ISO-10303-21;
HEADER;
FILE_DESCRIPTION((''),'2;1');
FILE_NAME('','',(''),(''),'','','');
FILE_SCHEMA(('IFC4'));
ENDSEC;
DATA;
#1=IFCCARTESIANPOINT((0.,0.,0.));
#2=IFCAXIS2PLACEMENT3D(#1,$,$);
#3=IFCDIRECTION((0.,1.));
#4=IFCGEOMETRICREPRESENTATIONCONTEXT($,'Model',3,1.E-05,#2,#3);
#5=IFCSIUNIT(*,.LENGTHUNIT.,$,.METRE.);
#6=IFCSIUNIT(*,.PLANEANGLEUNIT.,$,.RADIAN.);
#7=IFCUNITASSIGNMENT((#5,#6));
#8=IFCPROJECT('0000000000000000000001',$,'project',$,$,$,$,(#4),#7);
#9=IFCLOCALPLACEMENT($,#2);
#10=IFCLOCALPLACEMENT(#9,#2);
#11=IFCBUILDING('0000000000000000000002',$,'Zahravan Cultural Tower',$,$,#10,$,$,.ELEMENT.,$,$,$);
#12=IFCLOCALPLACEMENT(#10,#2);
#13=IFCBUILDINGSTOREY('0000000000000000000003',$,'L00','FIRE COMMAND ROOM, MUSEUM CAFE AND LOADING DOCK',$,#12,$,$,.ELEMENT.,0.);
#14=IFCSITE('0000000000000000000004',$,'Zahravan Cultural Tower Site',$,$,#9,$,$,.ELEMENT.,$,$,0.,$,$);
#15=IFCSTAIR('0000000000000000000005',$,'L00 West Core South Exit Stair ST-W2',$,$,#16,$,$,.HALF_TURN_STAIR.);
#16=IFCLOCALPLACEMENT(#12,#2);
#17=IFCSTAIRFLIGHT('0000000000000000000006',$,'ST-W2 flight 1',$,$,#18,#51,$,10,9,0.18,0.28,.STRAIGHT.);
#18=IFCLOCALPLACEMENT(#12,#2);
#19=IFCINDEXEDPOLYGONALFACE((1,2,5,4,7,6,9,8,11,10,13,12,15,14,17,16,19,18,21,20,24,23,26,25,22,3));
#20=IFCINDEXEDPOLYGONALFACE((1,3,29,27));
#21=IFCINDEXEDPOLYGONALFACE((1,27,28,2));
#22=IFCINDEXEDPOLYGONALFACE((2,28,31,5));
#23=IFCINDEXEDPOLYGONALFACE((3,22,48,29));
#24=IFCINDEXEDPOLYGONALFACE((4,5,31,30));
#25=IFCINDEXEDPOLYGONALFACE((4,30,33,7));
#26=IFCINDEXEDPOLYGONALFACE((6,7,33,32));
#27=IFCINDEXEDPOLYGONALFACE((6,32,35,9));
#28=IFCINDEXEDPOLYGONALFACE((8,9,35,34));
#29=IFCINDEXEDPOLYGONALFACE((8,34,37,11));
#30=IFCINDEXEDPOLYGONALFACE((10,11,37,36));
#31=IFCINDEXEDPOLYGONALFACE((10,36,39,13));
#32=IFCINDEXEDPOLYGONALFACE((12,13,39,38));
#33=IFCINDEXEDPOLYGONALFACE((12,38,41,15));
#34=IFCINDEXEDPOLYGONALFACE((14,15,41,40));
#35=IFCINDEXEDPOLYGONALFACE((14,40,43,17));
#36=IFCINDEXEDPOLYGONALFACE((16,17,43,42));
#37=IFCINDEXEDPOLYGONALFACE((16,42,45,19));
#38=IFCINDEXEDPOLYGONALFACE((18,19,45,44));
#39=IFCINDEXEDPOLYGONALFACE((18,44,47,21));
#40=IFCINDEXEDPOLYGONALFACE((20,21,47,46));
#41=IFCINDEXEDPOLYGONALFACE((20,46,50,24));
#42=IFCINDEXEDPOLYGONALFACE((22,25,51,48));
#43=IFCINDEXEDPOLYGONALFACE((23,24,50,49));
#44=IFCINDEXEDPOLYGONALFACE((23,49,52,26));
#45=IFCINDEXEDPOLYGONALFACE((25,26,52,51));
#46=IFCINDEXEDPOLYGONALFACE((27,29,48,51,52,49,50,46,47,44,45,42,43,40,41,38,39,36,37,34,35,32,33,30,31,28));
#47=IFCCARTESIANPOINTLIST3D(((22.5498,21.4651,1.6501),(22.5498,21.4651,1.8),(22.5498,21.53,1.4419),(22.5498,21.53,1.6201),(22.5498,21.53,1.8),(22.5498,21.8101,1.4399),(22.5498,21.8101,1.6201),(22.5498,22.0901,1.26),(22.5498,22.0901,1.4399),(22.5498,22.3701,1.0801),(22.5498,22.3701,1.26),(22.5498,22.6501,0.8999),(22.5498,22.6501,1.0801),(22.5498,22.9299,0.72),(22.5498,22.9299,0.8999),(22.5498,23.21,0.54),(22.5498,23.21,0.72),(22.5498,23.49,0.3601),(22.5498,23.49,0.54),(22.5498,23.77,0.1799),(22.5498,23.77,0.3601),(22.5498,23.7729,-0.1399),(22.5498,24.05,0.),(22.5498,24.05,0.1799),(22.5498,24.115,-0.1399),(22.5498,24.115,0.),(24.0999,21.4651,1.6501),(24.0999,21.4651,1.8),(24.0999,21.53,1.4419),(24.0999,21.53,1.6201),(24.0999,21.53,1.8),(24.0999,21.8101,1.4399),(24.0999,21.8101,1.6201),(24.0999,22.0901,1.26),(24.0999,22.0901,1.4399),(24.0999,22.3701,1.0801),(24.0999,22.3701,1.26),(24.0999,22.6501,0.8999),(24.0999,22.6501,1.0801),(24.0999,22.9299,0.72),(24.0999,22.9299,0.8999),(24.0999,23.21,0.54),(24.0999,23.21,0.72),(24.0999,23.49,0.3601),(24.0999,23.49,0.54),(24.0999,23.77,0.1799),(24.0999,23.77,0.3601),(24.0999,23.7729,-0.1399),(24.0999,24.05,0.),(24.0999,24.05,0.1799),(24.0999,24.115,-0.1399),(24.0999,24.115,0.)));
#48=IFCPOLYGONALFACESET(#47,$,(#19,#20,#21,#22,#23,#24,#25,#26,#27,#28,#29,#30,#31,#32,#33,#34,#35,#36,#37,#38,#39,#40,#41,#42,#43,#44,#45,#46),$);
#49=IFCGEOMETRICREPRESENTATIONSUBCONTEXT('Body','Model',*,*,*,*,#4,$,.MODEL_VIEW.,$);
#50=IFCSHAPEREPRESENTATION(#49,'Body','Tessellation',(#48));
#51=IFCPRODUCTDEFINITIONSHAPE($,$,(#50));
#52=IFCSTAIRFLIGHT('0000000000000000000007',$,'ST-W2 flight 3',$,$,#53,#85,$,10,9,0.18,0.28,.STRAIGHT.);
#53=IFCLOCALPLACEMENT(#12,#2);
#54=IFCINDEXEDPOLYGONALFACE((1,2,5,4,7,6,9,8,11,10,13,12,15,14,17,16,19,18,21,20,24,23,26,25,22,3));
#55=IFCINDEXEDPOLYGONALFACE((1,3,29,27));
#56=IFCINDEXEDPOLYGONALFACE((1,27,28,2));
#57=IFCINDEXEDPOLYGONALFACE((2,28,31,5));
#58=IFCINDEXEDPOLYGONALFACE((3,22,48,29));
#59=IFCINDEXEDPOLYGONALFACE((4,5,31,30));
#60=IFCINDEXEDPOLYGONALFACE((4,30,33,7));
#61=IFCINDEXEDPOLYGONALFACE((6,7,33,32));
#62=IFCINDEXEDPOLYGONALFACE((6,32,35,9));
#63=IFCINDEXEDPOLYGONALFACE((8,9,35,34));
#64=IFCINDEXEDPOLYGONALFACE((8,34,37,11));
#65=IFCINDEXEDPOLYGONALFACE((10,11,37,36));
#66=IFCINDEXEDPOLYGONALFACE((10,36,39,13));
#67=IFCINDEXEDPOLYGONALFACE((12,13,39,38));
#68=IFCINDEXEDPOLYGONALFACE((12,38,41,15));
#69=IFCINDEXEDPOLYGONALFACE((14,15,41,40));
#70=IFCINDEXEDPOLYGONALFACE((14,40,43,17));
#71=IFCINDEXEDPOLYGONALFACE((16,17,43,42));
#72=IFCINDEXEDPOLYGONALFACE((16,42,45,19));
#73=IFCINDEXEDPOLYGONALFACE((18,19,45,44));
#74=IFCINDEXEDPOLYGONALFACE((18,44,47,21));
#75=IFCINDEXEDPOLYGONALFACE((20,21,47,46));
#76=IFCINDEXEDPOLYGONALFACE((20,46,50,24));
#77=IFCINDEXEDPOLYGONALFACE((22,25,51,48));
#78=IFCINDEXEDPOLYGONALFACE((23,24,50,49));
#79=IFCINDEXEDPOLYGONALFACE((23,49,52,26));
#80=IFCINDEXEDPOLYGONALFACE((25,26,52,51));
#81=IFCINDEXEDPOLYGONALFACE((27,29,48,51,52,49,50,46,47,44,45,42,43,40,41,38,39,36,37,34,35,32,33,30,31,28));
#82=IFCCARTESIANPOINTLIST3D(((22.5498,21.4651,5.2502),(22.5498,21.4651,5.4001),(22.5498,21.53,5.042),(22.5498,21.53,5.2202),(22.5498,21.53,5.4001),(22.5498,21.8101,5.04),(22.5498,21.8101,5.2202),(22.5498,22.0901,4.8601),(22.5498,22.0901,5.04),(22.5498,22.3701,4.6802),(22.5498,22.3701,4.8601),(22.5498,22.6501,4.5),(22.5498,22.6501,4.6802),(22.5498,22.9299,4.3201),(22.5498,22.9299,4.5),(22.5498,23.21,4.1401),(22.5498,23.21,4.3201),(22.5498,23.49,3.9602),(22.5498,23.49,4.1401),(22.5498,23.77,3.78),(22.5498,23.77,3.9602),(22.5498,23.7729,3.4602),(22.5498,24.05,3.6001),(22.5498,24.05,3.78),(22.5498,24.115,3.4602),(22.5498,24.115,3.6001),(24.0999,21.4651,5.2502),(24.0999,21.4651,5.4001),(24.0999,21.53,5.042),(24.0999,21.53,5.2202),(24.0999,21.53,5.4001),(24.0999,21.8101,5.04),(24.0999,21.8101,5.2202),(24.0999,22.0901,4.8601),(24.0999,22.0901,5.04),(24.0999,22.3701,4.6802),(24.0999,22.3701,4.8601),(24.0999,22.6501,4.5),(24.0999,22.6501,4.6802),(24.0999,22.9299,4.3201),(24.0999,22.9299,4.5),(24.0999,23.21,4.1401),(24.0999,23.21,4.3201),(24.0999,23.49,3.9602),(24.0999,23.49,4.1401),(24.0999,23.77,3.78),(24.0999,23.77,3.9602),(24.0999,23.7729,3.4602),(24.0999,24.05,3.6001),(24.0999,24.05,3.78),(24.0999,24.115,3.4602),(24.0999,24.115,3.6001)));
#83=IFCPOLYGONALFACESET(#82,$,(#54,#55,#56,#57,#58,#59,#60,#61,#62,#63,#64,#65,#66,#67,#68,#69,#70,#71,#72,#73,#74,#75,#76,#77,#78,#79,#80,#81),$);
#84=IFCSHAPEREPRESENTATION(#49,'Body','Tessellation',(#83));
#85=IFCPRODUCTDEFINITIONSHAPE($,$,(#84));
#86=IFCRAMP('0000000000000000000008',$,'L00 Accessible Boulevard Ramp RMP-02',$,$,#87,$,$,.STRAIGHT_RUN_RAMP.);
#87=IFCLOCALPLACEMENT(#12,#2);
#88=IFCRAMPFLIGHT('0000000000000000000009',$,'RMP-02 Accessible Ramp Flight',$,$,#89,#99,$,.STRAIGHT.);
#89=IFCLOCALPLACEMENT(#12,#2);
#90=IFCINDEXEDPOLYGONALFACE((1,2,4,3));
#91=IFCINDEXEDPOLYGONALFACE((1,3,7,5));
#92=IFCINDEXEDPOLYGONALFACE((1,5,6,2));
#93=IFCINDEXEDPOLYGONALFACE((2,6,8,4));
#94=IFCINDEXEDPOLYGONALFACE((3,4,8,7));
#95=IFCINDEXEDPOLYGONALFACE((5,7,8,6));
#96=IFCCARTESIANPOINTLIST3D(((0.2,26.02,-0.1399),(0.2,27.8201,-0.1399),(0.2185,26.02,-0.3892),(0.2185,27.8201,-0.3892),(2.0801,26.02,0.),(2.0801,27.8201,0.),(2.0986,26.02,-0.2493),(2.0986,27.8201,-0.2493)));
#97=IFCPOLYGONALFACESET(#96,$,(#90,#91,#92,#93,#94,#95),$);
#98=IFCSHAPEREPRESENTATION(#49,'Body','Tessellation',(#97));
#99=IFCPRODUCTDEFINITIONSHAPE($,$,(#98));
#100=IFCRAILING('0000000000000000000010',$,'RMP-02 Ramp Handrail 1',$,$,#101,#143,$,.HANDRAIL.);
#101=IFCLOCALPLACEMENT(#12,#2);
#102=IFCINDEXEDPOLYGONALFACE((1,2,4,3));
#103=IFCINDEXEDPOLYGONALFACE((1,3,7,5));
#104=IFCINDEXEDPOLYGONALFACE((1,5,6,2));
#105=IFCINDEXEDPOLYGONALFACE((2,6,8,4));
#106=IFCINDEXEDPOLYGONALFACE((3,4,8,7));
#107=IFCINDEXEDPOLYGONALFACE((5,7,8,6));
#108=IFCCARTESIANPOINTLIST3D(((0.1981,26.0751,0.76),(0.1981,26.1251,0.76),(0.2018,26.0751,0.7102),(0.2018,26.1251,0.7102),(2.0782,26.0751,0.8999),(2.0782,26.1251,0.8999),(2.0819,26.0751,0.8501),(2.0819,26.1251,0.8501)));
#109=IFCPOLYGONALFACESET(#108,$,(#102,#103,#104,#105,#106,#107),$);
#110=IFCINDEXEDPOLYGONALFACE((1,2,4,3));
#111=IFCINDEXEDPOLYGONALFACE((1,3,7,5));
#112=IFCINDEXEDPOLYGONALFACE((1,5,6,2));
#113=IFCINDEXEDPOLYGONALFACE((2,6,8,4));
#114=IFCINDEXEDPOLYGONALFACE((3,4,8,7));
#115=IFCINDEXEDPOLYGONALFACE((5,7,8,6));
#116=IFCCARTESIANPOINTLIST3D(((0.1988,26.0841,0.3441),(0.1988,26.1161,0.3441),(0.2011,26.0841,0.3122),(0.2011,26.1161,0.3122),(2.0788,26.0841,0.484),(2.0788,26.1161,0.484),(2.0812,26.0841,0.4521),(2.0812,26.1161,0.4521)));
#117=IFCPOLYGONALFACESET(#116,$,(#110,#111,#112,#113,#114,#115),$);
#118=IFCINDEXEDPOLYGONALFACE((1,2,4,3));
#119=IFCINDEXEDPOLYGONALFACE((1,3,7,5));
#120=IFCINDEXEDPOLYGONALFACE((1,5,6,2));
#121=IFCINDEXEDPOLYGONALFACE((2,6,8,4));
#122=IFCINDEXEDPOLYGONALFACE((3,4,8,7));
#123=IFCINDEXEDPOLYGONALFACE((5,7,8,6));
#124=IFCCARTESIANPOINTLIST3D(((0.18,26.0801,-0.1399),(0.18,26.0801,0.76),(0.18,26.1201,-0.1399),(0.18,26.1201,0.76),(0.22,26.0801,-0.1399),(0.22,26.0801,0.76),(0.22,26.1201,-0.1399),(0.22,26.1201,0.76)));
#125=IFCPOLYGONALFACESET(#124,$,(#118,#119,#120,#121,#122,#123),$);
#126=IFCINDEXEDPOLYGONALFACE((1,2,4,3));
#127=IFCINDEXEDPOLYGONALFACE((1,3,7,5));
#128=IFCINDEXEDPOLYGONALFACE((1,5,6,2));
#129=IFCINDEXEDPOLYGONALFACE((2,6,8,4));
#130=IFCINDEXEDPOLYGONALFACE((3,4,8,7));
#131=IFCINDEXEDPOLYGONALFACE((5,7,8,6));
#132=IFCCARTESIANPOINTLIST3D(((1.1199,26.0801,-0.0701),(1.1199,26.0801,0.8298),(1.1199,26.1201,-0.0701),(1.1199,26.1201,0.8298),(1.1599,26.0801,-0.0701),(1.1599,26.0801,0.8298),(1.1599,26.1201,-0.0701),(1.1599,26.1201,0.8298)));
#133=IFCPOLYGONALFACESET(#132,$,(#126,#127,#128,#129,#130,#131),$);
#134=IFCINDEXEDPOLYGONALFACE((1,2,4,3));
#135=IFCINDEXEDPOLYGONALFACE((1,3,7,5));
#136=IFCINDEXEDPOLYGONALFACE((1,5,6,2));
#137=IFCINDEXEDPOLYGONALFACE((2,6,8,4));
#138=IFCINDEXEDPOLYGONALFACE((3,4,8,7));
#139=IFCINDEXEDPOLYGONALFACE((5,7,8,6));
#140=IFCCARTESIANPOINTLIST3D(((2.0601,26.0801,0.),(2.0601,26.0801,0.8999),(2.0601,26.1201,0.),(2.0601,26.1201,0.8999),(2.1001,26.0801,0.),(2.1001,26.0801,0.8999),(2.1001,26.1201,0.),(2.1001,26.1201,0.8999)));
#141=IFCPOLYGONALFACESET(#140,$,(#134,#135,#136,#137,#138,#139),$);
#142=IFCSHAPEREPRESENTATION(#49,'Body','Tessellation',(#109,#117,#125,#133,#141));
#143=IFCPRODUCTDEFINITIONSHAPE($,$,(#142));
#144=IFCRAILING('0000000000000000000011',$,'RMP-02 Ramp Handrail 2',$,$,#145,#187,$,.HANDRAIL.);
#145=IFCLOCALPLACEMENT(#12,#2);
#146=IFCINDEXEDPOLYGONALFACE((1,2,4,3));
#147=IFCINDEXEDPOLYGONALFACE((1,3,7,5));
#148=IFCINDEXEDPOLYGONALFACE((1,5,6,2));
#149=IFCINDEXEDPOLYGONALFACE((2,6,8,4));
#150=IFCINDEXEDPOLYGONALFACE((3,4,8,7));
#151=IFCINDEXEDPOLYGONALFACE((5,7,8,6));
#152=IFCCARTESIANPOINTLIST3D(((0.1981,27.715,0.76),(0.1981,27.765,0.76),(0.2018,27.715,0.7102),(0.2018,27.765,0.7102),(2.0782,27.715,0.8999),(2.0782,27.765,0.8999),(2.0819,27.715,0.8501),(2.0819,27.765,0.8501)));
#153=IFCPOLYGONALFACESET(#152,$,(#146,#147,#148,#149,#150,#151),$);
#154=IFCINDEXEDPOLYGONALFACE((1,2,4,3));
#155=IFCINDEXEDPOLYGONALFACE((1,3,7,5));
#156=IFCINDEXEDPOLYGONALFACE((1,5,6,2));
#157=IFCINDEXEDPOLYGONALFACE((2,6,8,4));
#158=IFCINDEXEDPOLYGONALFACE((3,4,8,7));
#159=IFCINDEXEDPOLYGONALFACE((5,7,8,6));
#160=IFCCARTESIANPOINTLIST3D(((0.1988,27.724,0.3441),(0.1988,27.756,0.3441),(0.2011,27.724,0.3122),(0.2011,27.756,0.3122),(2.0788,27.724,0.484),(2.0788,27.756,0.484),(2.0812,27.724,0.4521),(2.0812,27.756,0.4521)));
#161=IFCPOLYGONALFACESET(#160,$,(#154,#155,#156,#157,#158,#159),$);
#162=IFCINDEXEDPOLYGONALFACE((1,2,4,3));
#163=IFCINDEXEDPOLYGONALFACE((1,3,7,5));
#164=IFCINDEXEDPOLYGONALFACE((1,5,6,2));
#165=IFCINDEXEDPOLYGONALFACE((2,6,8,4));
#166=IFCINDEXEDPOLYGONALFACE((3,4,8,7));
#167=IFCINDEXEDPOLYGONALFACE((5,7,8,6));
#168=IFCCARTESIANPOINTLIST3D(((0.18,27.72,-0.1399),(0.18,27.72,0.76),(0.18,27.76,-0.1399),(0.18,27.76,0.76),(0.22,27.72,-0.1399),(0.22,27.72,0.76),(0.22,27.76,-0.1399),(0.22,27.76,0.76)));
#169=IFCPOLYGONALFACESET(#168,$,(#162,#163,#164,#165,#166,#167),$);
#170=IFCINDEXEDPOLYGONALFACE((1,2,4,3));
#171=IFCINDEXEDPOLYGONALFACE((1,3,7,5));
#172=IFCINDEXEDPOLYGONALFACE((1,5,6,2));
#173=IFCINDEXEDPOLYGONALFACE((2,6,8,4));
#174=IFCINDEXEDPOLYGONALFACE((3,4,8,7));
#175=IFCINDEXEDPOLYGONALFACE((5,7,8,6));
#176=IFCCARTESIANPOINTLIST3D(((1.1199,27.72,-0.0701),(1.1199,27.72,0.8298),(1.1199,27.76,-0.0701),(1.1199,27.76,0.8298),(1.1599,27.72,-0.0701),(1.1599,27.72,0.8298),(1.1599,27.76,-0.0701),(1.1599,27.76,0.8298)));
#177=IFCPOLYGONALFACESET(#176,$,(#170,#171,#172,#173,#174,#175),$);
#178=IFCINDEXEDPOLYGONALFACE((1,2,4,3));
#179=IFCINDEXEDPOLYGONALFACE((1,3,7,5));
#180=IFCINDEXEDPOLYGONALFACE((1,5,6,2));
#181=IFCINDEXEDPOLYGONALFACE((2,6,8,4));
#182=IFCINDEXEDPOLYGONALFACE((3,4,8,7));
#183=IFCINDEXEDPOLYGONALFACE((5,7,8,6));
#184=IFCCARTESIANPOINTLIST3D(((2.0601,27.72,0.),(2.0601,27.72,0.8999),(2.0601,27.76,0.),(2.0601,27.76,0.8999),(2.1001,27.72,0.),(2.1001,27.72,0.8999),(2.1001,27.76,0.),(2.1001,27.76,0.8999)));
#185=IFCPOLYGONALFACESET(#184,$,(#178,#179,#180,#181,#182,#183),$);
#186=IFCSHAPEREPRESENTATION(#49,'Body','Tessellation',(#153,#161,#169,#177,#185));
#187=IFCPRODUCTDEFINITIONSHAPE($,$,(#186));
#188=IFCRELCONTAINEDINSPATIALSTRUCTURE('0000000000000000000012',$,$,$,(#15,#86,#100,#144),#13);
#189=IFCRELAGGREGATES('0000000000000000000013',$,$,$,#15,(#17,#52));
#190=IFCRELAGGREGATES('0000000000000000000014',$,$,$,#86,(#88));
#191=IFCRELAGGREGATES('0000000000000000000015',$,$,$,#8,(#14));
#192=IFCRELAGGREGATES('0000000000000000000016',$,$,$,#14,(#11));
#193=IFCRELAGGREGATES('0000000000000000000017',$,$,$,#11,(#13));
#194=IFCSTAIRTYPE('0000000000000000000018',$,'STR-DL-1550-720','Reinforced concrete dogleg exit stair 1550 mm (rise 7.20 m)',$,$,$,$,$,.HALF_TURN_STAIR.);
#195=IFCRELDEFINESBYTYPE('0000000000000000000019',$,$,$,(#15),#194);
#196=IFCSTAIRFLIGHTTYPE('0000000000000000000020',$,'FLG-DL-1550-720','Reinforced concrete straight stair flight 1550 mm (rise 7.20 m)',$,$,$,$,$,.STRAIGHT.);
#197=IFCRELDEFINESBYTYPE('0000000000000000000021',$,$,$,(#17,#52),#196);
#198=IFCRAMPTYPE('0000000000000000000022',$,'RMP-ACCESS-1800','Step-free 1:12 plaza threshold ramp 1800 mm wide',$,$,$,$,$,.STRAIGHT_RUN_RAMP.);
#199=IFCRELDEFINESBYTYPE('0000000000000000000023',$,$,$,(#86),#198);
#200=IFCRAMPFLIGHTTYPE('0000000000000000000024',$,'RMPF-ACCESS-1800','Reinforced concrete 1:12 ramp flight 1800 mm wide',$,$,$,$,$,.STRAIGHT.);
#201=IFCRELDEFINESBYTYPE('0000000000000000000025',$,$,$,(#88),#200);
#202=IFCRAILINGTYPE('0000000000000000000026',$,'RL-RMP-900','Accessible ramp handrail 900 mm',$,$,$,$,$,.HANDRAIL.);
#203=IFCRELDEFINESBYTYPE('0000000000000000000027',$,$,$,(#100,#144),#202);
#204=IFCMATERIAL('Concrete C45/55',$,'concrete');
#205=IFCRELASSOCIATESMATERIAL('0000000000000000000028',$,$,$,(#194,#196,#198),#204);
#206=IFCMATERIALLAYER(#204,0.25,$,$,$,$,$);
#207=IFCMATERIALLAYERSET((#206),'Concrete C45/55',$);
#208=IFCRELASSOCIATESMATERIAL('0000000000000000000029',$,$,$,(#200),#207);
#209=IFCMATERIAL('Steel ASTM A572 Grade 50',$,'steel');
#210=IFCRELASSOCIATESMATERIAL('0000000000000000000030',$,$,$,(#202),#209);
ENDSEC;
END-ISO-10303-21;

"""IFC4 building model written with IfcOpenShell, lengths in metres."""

from ifc_helpers import new_model, si_unit, direction, frame, origin, origin_2d, place, context, subcontext, project, spatial, polyline, rectangle, outline, extrude, material, layer, layer_set, type_object, element, aggregate, save


model = new_model("IFC4")

# Units and contexts
model_context = context("Model", 3, precision=1e-05, world=origin(), true_north=direction((0.0, 1.0)))
body_context = subcontext(model_context, "Body", "Model", "MODEL_VIEW")
ifc_project = project(units=[si_unit("LENGTHUNIT", "METRE"), si_unit("PLANEANGLEUNIT", "RADIAN")], contexts=[model_context])

# Site, building, storey
site_placement = place(None, origin())
site = spatial("IfcSite", under=ifc_project, at=site_placement, Name="Zahravan Cultural Tower Site", CompositionType="ELEMENT", RefElevation=0.0)
building_placement = place(site_placement, origin())
building = spatial("IfcBuilding", under=site, at=building_placement, Name="Zahravan Cultural Tower", CompositionType="ELEMENT")
storey_placement = place(building_placement, origin())
storey = spatial("IfcBuildingStorey", under=building, at=storey_placement, Name="L00", Description="FIRE COMMAND ROOM, MUSEUM CAFE AND LOADING DOCK", CompositionType="ELEMENT", Elevation=0.0)

# Shared definitions
ifc_material_1 = material(Name="Concrete C45/55", Category="concrete")

# Stair, stair flights
stair_type = type_object("IfcStairType", Name="STR-DL-1550-720", Description="Reinforced concrete dogleg exit stair 1550 mm (rise 7.20 m)", PredefinedType="HALF_TURN_STAIR", material=ifc_material_1)
stair_flight_type = type_object("IfcStairFlightType", Name="FLG-DL-1550-720", Description="Reinforced concrete straight stair flight 1550 mm (rise 7.20 m)", PredefinedType="STRAIGHT", material=ifc_material_1)
stair_1_placement = place(storey_placement, origin())
stair_1 = element("IfcStair", 1, at=stair_1_placement, inside=storey, type_object=stair_type, Name="L00 West Core South Exit Stair ST-W2", PredefinedType="HALF_TURN_STAIR")
stair_flight_1_placement = place(storey_placement, frame((23.325, 24.05, 0.0), z_axis=(0.0, 0.0, 1.0), x_axis=(0.0, -1.0, 0.0)))
stair_flight_1 = element("IfcStairFlight", 2, at=stair_flight_1_placement, type_object=stair_flight_type, Name="ST-W2 flight 1", NumberOfRisers=10, NumberOfTreads=9, PredefinedType="STRAIGHT", RiserHeight=0.18, TreadLength=0.28, context=body_context, shape_type="SweptSolid", body=[
    extrude(outline(polyline([(-0.0649, -0.1399), (-0.0649, 0.0), (0.0, 0.0), (0.0, 0.1799), (0.28, 0.1799), (0.28, 0.3601), (0.5601, 0.3601), (0.5601, 0.54), (0.8401, 0.54), (0.8401, 0.72), (1.1201, 0.72), (1.1201, 0.8999), (1.3999, 0.8999), (1.3999, 1.0801), (1.6799, 1.0801), (1.6799, 1.26), (1.96, 1.26), (1.96, 1.4399), (2.24, 1.4399), (2.24, 1.6201), (2.52, 1.6201), (2.52, 1.8), (2.585, 1.8), (2.585, 1.6501), (2.52, 1.4419), (0.2771, -0.1399), (-0.0649, -0.1399)])), frame((0.0, 0.7749, 0.0), z_axis=(0.0, -1.0, 0.0), x_axis=(1.0, 0.0, 0.0)), (0.0, 0.0, 1.0), 1.55),
])
stair_flight_2_placement = place(storey_placement, frame((23.325, 24.05, 3.6001), z_axis=(0.0, 0.0, 1.0), x_axis=(0.0, -1.0, 0.0)))
stair_flight_2 = element("IfcStairFlight", 3, at=stair_flight_2_placement, type_object=stair_flight_type, Name="ST-W2 flight 3", NumberOfRisers=10, NumberOfTreads=9, PredefinedType="STRAIGHT", RiserHeight=0.18, TreadLength=0.28, context=body_context, shape_type="SweptSolid", body=[
    extrude(outline(polyline([(-0.0649, -0.1399), (-0.0649, 0.0), (0.0, 0.0), (0.0, 0.1799), (0.28, 0.1799), (0.28, 0.3601), (0.5601, 0.3601), (0.5601, 0.54), (0.8401, 0.54), (0.8401, 0.72), (1.1201, 0.72), (1.1201, 0.8999), (1.3999, 0.8999), (1.3999, 1.0801), (1.6799, 1.0801), (1.6799, 1.26), (1.96, 1.26), (1.96, 1.4399), (2.24, 1.4399), (2.24, 1.6201), (2.52, 1.6201), (2.52, 1.8), (2.585, 1.8), (2.585, 1.6501), (2.52, 1.4419), (0.2771, -0.1399), (-0.0649, -0.1399)])), frame((0.0, 0.7749, 0.0), z_axis=(0.0, -1.0, 0.0), x_axis=(1.0, 0.0, 0.0)), (0.0, 0.0, 1.0), 1.55),
])
aggregate(stair_1, [stair_flight_1, stair_flight_2])

# Ramp, ramp flight
ramp_type = type_object("IfcRampType", Name="RMP-ACCESS-1800", Description="Step-free 1:12 plaza threshold ramp 1800 mm wide", PredefinedType="STRAIGHT_RUN_RAMP", material=ifc_material_1)
ramp_placement = place(storey_placement, origin())
ramp = element("IfcRamp", 4, at=ramp_placement, inside=storey, type_object=ramp_type, Name="L00 Accessible Boulevard Ramp RMP-02", PredefinedType="STRAIGHT_RUN_RAMP")
ifc_layer_1 = layer(ifc_material_1, 0.25)
ifc_layer_set_1 = layer_set([ifc_layer_1], Name="Concrete C45/55")
ramp_flight_type = type_object("IfcRampFlightType", Name="RMPF-ACCESS-1800", Description="Reinforced concrete 1:12 ramp flight 1800 mm wide", PredefinedType="STRAIGHT", material=ifc_layer_set_1)
ramp_flight_placement = place(storey_placement, frame((0.2, 26.02, -0.1399), z_axis=(-0.074201, 0.0, 0.997243), x_axis=(0.0, 1.0, 0.0)))
ramp_flight = element("IfcRampFlight", 5, at=ramp_flight_placement, type_object=ramp_flight_type, Name="RMP-02 Accessible Ramp Flight", PredefinedType="STRAIGHT", context=body_context, shape_type="SweptSolid", body=[
    extrude(outline(polyline([(0.0, 0.0), (1.8, 0.0), (1.8, -1.8853), (0.0, -1.8853), (0.0, 0.0)])), origin(), (0.0, 0.0, -1.0), 0.25),
])
aggregate(ramp, [ramp_flight])

# Railings
ifc_material_2 = material(Name="Steel ASTM A572 Grade 50", Category="steel")
railing_type_1 = type_object("IfcRailingType", Name="RL-RMP-900", Description="Accessible ramp handrail 900 mm", PredefinedType="HANDRAIL", material=ifc_material_2)
for number, where, name in (
    (6, (0.2, 26.1001, -0.1399), "RMP-02 Ramp Handrail 1"),
    (7, (0.2, 27.74, -0.1399), "RMP-02 Ramp Handrail 2"),
):
    element("IfcRailing", number, at=place(storey_placement, frame(where)), inside=storey, type_object=railing_type_1, Name=name, PredefinedType="HANDRAIL", context=body_context, shape_type="SweptSolid", body=[
        extrude(rectangle(XDim=0.05, YDim=0.05, at=origin_2d()), frame((0.0, 0.0, 0.875), z_axis=(0.997243, 0.0, 0.074201), x_axis=(0.0, 1.0, 0.0)), (0.0, 0.0, 1.0), 1.8853),
        extrude(rectangle(XDim=0.032, YDim=0.032, at=origin_2d()), frame((0.0, 0.0, 0.468), z_axis=(0.997243, 0.0, 0.074201), x_axis=(0.0, 1.0, 0.0)), (0.0, 0.0, 1.0), 1.8853),
        extrude(rectangle(XDim=0.04, YDim=0.04, at=origin_2d()), origin(), (0.0, 0.0, 1.0), 0.8999),
        extrude(rectangle(XDim=0.04, YDim=0.04, at=origin_2d()), frame((0.9399, 0.0, 0.0698)), (0.0, 0.0, 1.0), 0.8999),
        extrude(rectangle(XDim=0.04, YDim=0.04, at=origin_2d()), frame((1.8801, 0.0, 0.1399)), (0.0, 0.0, 1.0), 0.8999),
    ])

save(model, "model.ifc")
